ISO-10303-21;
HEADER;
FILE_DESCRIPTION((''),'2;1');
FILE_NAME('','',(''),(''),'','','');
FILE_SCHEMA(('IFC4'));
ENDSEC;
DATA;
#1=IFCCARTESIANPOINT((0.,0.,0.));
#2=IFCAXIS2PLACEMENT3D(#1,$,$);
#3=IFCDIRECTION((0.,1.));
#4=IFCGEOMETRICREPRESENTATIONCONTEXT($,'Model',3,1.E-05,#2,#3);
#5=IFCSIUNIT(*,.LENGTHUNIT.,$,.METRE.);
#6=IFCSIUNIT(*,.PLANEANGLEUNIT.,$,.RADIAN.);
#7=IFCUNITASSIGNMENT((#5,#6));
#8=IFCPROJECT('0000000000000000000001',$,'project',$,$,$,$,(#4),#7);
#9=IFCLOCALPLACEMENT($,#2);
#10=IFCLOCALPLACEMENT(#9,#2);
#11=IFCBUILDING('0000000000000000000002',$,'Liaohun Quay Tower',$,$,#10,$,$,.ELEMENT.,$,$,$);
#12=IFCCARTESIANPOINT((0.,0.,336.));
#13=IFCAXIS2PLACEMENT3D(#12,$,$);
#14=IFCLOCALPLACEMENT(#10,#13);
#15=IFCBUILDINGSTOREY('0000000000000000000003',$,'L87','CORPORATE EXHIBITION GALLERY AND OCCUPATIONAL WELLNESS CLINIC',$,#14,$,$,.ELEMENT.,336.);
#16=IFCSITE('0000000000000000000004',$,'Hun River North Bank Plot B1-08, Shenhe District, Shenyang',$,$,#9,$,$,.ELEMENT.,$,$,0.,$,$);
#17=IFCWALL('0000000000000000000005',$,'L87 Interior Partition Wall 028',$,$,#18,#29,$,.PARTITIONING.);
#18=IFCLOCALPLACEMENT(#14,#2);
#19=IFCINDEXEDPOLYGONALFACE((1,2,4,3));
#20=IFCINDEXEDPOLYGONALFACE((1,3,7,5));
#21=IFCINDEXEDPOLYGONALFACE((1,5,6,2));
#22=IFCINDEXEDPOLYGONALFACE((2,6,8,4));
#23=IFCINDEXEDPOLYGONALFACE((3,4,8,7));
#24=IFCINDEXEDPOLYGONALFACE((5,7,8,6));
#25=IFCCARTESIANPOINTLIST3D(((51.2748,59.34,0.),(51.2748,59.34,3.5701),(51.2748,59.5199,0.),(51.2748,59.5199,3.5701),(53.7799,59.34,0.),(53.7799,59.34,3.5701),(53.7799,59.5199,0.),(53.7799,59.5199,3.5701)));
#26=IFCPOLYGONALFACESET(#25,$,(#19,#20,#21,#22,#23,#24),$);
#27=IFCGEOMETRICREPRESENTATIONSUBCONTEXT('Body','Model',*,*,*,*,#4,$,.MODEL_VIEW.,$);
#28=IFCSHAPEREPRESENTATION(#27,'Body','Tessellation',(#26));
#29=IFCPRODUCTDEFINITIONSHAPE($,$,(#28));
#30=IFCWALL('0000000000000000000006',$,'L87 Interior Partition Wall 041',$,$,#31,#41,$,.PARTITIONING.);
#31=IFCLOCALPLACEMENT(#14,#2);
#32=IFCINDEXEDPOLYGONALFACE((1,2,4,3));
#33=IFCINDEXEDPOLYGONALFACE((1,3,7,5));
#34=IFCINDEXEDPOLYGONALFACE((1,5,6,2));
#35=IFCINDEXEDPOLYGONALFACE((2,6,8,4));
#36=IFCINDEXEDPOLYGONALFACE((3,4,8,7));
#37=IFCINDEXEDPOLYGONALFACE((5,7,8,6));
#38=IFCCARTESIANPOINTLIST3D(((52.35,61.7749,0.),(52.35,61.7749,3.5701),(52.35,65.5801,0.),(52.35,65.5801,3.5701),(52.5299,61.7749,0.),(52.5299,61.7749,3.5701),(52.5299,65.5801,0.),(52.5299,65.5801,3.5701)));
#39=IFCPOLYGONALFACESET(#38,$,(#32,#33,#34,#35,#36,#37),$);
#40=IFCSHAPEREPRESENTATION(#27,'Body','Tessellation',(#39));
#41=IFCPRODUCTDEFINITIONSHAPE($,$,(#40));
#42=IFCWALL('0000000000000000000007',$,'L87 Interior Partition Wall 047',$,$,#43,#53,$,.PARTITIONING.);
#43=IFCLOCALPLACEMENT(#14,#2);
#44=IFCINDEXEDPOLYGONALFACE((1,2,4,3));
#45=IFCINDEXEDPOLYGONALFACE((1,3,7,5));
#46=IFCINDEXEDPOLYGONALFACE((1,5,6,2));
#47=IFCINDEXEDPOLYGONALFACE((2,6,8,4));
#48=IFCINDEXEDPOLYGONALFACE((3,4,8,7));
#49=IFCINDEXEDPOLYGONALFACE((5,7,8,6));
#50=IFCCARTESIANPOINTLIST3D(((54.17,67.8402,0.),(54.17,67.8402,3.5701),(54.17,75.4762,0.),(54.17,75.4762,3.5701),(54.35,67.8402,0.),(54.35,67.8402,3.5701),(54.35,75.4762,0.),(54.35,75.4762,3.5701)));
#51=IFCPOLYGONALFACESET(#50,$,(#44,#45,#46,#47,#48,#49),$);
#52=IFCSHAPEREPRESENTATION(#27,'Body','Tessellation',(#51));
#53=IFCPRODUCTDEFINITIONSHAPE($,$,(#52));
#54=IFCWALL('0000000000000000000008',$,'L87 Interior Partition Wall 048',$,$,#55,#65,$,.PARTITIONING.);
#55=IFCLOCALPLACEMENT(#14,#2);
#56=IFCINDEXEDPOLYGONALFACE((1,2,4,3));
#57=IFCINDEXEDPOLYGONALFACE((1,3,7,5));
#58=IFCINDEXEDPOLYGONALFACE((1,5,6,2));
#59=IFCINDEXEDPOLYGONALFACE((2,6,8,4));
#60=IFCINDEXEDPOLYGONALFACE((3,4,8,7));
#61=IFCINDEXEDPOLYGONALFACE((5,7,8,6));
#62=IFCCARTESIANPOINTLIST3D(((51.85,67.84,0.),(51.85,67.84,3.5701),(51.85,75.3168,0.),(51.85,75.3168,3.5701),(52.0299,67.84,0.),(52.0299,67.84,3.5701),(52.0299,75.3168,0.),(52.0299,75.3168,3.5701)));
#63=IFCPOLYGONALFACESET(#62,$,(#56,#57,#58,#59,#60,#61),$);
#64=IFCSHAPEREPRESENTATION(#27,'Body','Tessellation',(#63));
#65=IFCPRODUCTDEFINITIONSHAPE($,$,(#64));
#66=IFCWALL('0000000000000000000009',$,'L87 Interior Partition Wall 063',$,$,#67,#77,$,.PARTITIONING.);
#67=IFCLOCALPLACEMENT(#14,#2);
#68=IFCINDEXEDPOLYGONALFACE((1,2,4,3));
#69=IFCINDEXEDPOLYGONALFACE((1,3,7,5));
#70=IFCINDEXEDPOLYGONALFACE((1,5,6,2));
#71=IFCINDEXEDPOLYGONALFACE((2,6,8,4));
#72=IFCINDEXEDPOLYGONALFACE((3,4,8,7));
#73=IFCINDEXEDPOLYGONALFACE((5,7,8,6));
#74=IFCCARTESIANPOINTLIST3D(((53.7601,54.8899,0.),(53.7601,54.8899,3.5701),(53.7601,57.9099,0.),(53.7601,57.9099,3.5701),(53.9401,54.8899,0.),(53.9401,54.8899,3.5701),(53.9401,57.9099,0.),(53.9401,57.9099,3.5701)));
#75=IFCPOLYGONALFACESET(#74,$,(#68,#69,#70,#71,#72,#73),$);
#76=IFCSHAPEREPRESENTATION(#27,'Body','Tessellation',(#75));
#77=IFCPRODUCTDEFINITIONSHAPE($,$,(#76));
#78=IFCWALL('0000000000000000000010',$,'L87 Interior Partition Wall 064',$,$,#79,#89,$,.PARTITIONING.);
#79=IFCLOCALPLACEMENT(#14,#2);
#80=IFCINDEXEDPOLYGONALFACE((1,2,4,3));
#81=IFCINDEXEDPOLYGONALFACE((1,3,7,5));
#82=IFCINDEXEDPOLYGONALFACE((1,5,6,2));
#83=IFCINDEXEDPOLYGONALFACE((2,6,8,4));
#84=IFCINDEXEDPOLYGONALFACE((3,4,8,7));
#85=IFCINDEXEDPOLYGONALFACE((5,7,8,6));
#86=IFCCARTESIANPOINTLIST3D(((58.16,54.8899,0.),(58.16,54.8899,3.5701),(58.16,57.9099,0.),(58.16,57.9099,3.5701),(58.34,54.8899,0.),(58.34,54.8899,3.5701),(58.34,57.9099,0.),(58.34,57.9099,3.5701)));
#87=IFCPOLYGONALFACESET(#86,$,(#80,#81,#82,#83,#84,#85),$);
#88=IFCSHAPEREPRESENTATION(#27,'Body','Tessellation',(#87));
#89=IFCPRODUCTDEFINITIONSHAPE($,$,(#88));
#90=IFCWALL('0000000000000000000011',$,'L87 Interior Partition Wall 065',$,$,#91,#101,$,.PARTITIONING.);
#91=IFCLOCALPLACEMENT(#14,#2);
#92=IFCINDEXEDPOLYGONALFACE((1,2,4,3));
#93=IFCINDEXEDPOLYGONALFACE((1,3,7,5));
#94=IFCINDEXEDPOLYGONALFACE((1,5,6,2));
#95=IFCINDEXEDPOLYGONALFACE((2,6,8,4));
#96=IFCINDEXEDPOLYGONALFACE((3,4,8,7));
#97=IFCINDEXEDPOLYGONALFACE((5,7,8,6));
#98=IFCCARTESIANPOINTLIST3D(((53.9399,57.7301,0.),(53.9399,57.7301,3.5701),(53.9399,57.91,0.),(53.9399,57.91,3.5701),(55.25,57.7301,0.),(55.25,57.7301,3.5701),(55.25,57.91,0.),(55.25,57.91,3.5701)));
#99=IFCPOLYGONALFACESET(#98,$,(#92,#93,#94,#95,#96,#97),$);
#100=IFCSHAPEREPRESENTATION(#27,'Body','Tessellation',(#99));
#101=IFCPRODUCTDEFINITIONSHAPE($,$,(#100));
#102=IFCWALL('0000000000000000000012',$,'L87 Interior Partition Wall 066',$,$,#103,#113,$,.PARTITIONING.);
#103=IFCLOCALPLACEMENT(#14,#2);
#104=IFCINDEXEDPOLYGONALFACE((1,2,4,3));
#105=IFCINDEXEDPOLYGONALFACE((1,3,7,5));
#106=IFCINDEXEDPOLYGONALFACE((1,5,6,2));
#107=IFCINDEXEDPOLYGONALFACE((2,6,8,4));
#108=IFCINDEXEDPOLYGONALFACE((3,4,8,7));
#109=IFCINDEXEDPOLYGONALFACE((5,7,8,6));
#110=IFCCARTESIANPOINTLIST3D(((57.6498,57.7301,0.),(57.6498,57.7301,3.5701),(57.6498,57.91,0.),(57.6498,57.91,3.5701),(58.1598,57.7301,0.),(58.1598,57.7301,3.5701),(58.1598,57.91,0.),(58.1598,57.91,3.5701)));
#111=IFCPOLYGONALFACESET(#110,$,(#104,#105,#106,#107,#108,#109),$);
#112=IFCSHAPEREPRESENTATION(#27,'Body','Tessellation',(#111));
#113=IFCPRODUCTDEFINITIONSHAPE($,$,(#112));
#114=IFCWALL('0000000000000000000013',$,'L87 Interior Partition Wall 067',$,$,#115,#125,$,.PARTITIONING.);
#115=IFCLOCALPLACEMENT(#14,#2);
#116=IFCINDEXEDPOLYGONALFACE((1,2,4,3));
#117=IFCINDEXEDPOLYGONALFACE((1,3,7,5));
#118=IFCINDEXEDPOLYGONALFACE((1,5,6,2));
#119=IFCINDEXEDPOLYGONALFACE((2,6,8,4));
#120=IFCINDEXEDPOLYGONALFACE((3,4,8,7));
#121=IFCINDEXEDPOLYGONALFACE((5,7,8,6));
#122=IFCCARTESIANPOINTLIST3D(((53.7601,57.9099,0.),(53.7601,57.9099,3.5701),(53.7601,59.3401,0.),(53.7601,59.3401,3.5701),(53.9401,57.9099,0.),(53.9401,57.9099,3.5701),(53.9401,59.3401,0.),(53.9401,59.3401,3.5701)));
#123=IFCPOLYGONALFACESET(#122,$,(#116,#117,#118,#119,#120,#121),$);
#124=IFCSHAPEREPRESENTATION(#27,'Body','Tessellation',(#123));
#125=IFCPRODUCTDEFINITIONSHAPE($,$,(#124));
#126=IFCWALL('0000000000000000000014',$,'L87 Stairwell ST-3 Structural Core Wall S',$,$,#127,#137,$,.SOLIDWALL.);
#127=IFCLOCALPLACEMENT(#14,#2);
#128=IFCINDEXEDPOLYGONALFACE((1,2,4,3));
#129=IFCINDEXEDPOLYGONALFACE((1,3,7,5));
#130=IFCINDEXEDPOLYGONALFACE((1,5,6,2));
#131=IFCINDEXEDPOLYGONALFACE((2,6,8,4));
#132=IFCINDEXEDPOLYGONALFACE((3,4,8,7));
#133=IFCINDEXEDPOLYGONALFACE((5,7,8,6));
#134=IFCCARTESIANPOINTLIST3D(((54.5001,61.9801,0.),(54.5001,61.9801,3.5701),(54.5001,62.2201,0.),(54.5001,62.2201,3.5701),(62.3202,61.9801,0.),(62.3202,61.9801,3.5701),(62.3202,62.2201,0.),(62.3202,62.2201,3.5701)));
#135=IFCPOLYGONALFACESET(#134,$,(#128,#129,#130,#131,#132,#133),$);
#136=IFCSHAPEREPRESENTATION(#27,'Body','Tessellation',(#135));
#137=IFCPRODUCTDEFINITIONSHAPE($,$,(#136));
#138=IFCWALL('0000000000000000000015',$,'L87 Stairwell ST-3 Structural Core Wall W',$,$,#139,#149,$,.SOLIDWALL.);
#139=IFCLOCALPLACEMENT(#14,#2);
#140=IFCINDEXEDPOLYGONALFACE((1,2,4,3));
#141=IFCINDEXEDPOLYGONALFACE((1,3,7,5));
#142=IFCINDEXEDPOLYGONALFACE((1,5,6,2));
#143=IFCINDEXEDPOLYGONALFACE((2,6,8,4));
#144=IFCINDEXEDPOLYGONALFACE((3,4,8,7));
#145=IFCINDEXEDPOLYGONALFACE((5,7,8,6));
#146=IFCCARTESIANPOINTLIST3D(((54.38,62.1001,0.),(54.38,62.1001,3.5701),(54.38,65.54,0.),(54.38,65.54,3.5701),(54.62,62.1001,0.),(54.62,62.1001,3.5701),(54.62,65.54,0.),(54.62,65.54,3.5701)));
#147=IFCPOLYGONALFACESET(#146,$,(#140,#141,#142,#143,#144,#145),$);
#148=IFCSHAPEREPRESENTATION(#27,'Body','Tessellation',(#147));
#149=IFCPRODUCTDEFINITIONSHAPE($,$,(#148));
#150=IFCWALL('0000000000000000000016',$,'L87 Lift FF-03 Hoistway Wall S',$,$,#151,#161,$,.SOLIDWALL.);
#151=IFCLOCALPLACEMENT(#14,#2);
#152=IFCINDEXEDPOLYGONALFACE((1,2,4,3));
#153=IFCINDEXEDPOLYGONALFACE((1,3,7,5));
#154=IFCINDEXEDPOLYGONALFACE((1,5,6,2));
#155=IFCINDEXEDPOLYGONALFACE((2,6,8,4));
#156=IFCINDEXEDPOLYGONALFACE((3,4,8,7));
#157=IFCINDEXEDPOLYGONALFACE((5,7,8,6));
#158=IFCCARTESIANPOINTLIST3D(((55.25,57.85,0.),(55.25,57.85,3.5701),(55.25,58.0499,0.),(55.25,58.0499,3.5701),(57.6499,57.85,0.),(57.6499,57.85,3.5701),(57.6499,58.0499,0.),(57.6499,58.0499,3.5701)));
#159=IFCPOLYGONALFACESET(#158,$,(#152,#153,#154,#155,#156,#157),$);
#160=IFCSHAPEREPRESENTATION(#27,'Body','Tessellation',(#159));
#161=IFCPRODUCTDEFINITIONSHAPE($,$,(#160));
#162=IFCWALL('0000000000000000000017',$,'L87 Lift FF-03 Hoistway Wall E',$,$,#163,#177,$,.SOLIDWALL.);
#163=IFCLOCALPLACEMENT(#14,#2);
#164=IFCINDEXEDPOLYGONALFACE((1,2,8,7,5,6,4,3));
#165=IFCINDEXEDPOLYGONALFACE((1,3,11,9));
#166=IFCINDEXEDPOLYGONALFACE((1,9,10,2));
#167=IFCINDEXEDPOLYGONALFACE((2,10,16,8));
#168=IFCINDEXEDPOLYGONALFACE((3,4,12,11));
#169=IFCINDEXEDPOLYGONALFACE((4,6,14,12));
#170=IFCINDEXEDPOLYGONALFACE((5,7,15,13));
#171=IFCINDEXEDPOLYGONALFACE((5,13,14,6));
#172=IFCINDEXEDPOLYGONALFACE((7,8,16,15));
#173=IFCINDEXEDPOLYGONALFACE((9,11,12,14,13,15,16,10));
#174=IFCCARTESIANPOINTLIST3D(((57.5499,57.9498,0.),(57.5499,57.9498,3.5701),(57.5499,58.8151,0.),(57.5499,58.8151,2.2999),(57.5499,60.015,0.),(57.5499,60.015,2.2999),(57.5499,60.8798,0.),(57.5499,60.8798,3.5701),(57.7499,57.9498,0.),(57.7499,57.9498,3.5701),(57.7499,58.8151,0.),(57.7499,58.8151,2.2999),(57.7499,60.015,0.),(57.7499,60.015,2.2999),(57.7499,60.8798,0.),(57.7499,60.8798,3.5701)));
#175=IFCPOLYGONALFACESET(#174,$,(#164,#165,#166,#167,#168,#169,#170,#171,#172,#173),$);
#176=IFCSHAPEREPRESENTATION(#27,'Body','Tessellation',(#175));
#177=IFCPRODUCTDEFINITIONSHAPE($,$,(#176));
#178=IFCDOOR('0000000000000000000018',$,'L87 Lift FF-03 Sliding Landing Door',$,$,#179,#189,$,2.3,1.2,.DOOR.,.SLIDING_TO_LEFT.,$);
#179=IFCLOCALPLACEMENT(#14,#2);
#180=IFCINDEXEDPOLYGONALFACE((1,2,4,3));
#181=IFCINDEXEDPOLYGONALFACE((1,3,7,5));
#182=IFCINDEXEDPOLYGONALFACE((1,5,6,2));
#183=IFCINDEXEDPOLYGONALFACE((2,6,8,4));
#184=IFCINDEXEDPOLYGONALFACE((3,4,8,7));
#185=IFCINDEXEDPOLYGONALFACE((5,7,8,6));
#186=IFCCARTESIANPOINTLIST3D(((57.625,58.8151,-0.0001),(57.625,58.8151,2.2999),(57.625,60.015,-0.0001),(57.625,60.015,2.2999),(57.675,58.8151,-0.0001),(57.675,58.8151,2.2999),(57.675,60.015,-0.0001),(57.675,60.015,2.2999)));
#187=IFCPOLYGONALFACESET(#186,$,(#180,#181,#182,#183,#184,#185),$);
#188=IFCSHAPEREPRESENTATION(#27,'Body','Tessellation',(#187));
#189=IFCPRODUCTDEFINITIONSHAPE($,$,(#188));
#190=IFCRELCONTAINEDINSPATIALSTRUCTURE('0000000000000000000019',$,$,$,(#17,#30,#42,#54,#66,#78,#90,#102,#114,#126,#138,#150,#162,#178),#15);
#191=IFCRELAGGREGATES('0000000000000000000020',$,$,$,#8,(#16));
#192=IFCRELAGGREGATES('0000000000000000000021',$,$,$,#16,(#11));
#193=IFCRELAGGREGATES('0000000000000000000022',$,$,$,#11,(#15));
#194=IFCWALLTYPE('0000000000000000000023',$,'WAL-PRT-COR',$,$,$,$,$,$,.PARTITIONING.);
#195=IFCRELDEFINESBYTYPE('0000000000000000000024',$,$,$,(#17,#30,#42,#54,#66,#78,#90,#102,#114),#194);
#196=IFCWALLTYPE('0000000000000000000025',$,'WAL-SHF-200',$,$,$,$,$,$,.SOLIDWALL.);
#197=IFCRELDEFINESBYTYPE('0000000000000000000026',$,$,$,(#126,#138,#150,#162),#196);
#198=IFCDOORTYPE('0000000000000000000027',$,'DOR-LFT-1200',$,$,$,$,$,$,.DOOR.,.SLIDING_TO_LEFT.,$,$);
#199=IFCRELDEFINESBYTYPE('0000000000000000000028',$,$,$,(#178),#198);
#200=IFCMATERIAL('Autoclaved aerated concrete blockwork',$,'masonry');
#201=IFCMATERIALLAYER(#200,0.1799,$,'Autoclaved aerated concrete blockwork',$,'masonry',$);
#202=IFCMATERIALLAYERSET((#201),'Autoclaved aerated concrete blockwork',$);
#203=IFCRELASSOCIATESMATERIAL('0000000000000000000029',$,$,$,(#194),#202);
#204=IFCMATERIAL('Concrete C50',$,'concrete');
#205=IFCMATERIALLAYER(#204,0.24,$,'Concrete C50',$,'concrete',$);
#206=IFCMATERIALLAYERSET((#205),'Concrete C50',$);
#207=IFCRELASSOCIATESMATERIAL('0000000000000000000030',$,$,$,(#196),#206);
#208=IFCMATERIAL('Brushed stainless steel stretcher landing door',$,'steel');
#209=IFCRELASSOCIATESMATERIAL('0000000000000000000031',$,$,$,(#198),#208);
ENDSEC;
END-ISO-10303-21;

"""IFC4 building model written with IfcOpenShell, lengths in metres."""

from ifc_helpers import new_model, si_unit, direction, frame, frame_2d, origin, place, context, subcontext, project, spatial, rectangle, extrude, source, transform, mapped, material, layer, layer_set, type_object, element, fill, save


model = new_model("IFC4")

# Units and contexts
model_context = context("Model", 3, precision=1e-05, world=origin(), true_north=direction((0.0, 1.0)))
body_context = subcontext(model_context, "Body", "Model", "MODEL_VIEW")
ifc_project = project(units=[si_unit("LENGTHUNIT", "METRE"), si_unit("PLANEANGLEUNIT", "RADIAN")], contexts=[model_context])

# Site, building, storey
site_placement = place(None, origin())
site = spatial("IfcSite", under=ifc_project, at=site_placement, Name="Hun River North Bank Plot B1-08, Shenhe District, Shenyang", CompositionType="ELEMENT", RefElevation=0.0)
building_placement = place(site_placement, origin())
building = spatial("IfcBuilding", under=site, at=building_placement, Name="Liaohun Quay Tower", CompositionType="ELEMENT")
storey_placement = place(building_placement, frame((0.0, 0.0, 336.0)))
storey = spatial("IfcBuildingStorey", under=building, at=storey_placement, Name="L87", Description="CORPORATE EXHIBITION GALLERY AND OCCUPATIONAL WELLNESS CLINIC", CompositionType="ELEMENT", Elevation=336.0)

# Shared definitions
ifc_material_1 = material(Name="Concrete C50", Category="concrete")

# Shared definitions
ifc_material_2 = material(Name="Autoclaved aerated concrete blockwork", Category="masonry")
ifc_layer_1 = layer(ifc_material_2, 0.1799, Name="Autoclaved aerated concrete blockwork", Category="masonry")
ifc_layer_set_1 = layer_set([ifc_layer_1], Name="Autoclaved aerated concrete blockwork")
wall_type_1 = type_object("IfcWallType", Name="WAL-PRT-COR", PredefinedType="PARTITIONING", material=ifc_layer_set_1)

# Walls
wall_1_placement = place(storey_placement, frame((51.2749, 59.4299, 0.0), z_axis=(0.0, 0.0, 1.0), x_axis=(1.0, 0.0, 0.0)))
element("IfcWall", 1, at=wall_1_placement, inside=storey, type_object=wall_type_1, Name="L87 Interior Partition Wall 028", PredefinedType="PARTITIONING", context=body_context, shape_type="SweptSolid", body=[
    extrude(rectangle(XDim=2.5051, YDim=0.1799, at=frame_2d((1.2524, 0.0))), origin(), (0.0, 0.0, 1.0), 3.5701),
])
wall_2_placement = place(storey_placement, frame((52.4399, 61.7749, 0.0), z_axis=(0.0, 0.0, 1.0), x_axis=(0.0, 1.0, 0.0)))
element("IfcWall", 2, at=wall_2_placement, inside=storey, type_object=wall_type_1, Name="L87 Interior Partition Wall 041", PredefinedType="PARTITIONING", context=body_context, shape_type="SweptSolid", body=[
    extrude(rectangle(XDim=3.8052, YDim=0.1799, at=frame_2d((1.9026, 0.0))), origin(), (0.0, 0.0, 1.0), 3.5701),
])
wall_3_placement = place(storey_placement, frame((54.26, 75.4761, 0.0), z_axis=(0.0, 0.0, 1.0), x_axis=(0.0, -1.0, 0.0)))
element("IfcWall", 3, at=wall_3_placement, inside=storey, type_object=wall_type_1, Name="L87 Interior Partition Wall 047", PredefinedType="PARTITIONING", context=body_context, shape_type="SweptSolid", body=[
    extrude(rectangle(XDim=7.636, YDim=0.1799, at=frame_2d((3.8179, 0.0))), origin(), (0.0, 0.0, 1.0), 3.5701),
])
wall_4_placement = place(storey_placement, frame((51.9399, 67.8401, 0.0), z_axis=(0.0, 0.0, 1.0), x_axis=(0.0, 1.0, 0.0)))
element("IfcWall", 4, at=wall_4_placement, inside=storey, type_object=wall_type_1, Name="L87 Interior Partition Wall 048", PredefinedType="PARTITIONING", context=body_context, shape_type="SweptSolid", body=[
    extrude(rectangle(XDim=7.4768, YDim=0.1799, at=frame_2d((3.7383, 0.0))), origin(), (0.0, 0.0, 1.0), 3.5701),
])
for number, where, z_axis, x_axis, name in (
    (5, (53.8501, 54.8899, 0.0), (0.0, 0.0, 1.0), (0.0, 1.0, 0.0), "L87 Interior Partition Wall 063"),
    (6, (58.25, 54.8899, 0.0), (0.0, 0.0, 1.0), (0.0, 1.0, 0.0), "L87 Interior Partition Wall 064"),
):
    element("IfcWall", number, at=place(storey_placement, frame(where, z_axis=z_axis, x_axis=x_axis)), inside=storey, type_object=wall_type_1, Name=name, PredefinedType="PARTITIONING", context=body_context, shape_type="SweptSolid", body=[
        extrude(rectangle(XDim=3.02, YDim=0.1799, at=frame_2d((1.51, 0.0))), origin(), (0.0, 0.0, 1.0), 3.5701),
    ])
wall_5_placement = place(storey_placement, frame((53.9399, 57.8201, 0.0), z_axis=(0.0, 0.0, 1.0), x_axis=(1.0, 0.0, 0.0)))
element("IfcWall", 7, at=wall_5_placement, inside=storey, type_object=wall_type_1, Name="L87 Interior Partition Wall 065", PredefinedType="PARTITIONING", context=body_context, shape_type="SweptSolid", body=[
    extrude(rectangle(XDim=1.3101, YDim=0.1799, at=frame_2d((0.655, 0.0))), origin(), (0.0, 0.0, 1.0), 3.5701),
])
wall_6_placement = place(storey_placement, frame((57.6499, 57.8201, 0.0), z_axis=(0.0, 0.0, 1.0), x_axis=(1.0, 0.0, 0.0)))
element("IfcWall", 8, at=wall_6_placement, inside=storey, type_object=wall_type_1, Name="L87 Interior Partition Wall 066", PredefinedType="PARTITIONING", context=body_context, shape_type="SweptSolid", body=[
    extrude(rectangle(XDim=0.51, YDim=0.1799, at=frame_2d((0.2549, 0.0))), origin(), (0.0, 0.0, 1.0), 3.5701),
])
wall_7_placement = place(storey_placement, frame((53.8501, 57.9099, 0.0), z_axis=(0.0, 0.0, 1.0), x_axis=(0.0, 1.0, 0.0)))
element("IfcWall", 9, at=wall_7_placement, inside=storey, type_object=wall_type_1, Name="L87 Interior Partition Wall 067", PredefinedType="PARTITIONING", context=body_context, shape_type="SweptSolid", body=[
    extrude(rectangle(XDim=1.4302, YDim=0.1799, at=frame_2d((0.7151, 0.0))), origin(), (0.0, 0.0, 1.0), 3.5701),
])
ifc_layer_2 = layer(ifc_material_1, 0.24, Name="Concrete C50", Category="concrete")
ifc_layer_set_2 = layer_set([ifc_layer_2], Name="Concrete C50")
wall_type_2 = type_object("IfcWallType", Name="WAL-SHF-200", PredefinedType="SOLIDWALL", material=ifc_layer_set_2)
wall_8_placement = place(storey_placement, frame((54.5, 62.1001, 0.0), z_axis=(0.0, 0.0, 1.0), x_axis=(1.0, 0.0, 0.0)))
element("IfcWall", 10, at=wall_8_placement, inside=storey, type_object=wall_type_2, Name="L87 Stairwell ST-3 Structural Core Wall S", PredefinedType="SOLIDWALL", context=body_context, shape_type="SweptSolid", body=[
    extrude(rectangle(XDim=7.8201, YDim=0.24, at=frame_2d((3.9102, 0.0))), origin(), (0.0, 0.0, 1.0), 3.5701),
])
wall_9_placement = place(storey_placement, frame((54.5, 65.54, 0.0), z_axis=(0.0, 0.0, 1.0), x_axis=(0.0, -1.0, 0.0)))
element("IfcWall", 11, at=wall_9_placement, inside=storey, type_object=wall_type_2, Name="L87 Stairwell ST-3 Structural Core Wall W", PredefinedType="SOLIDWALL", context=body_context, shape_type="SweptSolid", body=[
    extrude(rectangle(XDim=3.4399, YDim=0.24, at=frame_2d((1.72, 0.0))), origin(), (0.0, 0.0, 1.0), 3.5701),
])
wall_10_placement = place(storey_placement, frame((55.25, 57.95, 0.0), z_axis=(0.0, 0.0, 1.0), x_axis=(1.0, 0.0, 0.0)))
element("IfcWall", 12, at=wall_10_placement, inside=storey, type_object=wall_type_2, Name="L87 Lift FF-03 Hoistway Wall S", PredefinedType="SOLIDWALL", context=body_context, shape_type="SweptSolid", body=[
    extrude(rectangle(XDim=2.3999, YDim=0.2, at=frame_2d((1.2, 0.0))), origin(), (0.0, 0.0, 1.0), 3.5701),
])

# Wall, opening, door
wall_11_placement = place(storey_placement, frame((57.6499, 57.95, 0.0), z_axis=(0.0, 0.0, 1.0), x_axis=(0.0, 1.0, 0.0)))
wall_11 = element("IfcWall", 13, at=wall_11_placement, inside=storey, type_object=wall_type_2, Name="L87 Lift FF-03 Hoistway Wall E", PredefinedType="SOLIDWALL", context=body_context, shape_type="SweptSolid", body=[
    extrude(rectangle(XDim=2.9299, YDim=0.2, at=frame_2d((1.4648, 0.0))), origin(), (0.0, 0.0, 1.0), 3.5701),
])
shared_shape_1 = source(origin(), body_context, "Body", "SweptSolid", [
    extrude(rectangle(XDim=1.2, YDim=2.3, at=frame_2d((0.6001, 1.1499))), frame((0.0, 0.1099, 0.0), z_axis=(0.0, -1.0, 0.0), x_axis=(1.0, 0.0, 0.0)), (0.0, 0.0, 1.0), 0.22),
])
opening_1_placement = place(wall_11_placement, frame((0.865, 0.0, 0.0)))
opening_1 = element("IfcOpeningElement", 14, at=opening_1_placement, cuts=wall_11, PredefinedType="OPENING", context=body_context, shape_type="MappedRepresentation", body=[
    mapped(shared_shape_1, transform((0.0, 0.0, 0.0), x_axis=(1.0, 0.0, 0.0), y_axis=(0.0, 1.0, 0.0), z_axis=(0.0, 0.0, 1.0), scale=1.0)),
])
ifc_material_3 = material(Name="Brushed stainless steel stretcher landing door", Category="steel")
door_type_1 = type_object("IfcDoorType", Name="DOR-LFT-1200", OperationType="SLIDING_TO_LEFT", PredefinedType="DOOR", material=ifc_material_3)
shared_shape_2 = source(origin(), body_context, "Body", "SweptSolid", [
    extrude(rectangle(XDim=1.2, YDim=2.3, at=frame_2d((0.6001, 1.1499))), frame((0.0, 0.0249, 0.0), z_axis=(0.0, -1.0, 0.0), x_axis=(1.0, 0.0, 0.0)), (0.0, 0.0, 1.0), 0.05),
])
door_1_placement = place(opening_1_placement, origin())
door_1 = element("IfcDoor", 15, at=door_1_placement, inside=storey, type_object=door_type_1, Name="L87 Lift FF-03 Sliding Landing Door", OperationType="SLIDING_TO_LEFT", OverallHeight=2.3, OverallWidth=1.2, PredefinedType="DOOR", context=body_context, shape_type="MappedRepresentation", body=[
    mapped(shared_shape_2, transform((0.0, 0.0, 0.0), x_axis=(1.0, 0.0, 0.0), y_axis=(0.0, 1.0, 0.0), z_axis=(0.0, 0.0, 1.0), scale=1.0)),
])
fill(opening_1, door_1)

save(model, "model.ifc")
